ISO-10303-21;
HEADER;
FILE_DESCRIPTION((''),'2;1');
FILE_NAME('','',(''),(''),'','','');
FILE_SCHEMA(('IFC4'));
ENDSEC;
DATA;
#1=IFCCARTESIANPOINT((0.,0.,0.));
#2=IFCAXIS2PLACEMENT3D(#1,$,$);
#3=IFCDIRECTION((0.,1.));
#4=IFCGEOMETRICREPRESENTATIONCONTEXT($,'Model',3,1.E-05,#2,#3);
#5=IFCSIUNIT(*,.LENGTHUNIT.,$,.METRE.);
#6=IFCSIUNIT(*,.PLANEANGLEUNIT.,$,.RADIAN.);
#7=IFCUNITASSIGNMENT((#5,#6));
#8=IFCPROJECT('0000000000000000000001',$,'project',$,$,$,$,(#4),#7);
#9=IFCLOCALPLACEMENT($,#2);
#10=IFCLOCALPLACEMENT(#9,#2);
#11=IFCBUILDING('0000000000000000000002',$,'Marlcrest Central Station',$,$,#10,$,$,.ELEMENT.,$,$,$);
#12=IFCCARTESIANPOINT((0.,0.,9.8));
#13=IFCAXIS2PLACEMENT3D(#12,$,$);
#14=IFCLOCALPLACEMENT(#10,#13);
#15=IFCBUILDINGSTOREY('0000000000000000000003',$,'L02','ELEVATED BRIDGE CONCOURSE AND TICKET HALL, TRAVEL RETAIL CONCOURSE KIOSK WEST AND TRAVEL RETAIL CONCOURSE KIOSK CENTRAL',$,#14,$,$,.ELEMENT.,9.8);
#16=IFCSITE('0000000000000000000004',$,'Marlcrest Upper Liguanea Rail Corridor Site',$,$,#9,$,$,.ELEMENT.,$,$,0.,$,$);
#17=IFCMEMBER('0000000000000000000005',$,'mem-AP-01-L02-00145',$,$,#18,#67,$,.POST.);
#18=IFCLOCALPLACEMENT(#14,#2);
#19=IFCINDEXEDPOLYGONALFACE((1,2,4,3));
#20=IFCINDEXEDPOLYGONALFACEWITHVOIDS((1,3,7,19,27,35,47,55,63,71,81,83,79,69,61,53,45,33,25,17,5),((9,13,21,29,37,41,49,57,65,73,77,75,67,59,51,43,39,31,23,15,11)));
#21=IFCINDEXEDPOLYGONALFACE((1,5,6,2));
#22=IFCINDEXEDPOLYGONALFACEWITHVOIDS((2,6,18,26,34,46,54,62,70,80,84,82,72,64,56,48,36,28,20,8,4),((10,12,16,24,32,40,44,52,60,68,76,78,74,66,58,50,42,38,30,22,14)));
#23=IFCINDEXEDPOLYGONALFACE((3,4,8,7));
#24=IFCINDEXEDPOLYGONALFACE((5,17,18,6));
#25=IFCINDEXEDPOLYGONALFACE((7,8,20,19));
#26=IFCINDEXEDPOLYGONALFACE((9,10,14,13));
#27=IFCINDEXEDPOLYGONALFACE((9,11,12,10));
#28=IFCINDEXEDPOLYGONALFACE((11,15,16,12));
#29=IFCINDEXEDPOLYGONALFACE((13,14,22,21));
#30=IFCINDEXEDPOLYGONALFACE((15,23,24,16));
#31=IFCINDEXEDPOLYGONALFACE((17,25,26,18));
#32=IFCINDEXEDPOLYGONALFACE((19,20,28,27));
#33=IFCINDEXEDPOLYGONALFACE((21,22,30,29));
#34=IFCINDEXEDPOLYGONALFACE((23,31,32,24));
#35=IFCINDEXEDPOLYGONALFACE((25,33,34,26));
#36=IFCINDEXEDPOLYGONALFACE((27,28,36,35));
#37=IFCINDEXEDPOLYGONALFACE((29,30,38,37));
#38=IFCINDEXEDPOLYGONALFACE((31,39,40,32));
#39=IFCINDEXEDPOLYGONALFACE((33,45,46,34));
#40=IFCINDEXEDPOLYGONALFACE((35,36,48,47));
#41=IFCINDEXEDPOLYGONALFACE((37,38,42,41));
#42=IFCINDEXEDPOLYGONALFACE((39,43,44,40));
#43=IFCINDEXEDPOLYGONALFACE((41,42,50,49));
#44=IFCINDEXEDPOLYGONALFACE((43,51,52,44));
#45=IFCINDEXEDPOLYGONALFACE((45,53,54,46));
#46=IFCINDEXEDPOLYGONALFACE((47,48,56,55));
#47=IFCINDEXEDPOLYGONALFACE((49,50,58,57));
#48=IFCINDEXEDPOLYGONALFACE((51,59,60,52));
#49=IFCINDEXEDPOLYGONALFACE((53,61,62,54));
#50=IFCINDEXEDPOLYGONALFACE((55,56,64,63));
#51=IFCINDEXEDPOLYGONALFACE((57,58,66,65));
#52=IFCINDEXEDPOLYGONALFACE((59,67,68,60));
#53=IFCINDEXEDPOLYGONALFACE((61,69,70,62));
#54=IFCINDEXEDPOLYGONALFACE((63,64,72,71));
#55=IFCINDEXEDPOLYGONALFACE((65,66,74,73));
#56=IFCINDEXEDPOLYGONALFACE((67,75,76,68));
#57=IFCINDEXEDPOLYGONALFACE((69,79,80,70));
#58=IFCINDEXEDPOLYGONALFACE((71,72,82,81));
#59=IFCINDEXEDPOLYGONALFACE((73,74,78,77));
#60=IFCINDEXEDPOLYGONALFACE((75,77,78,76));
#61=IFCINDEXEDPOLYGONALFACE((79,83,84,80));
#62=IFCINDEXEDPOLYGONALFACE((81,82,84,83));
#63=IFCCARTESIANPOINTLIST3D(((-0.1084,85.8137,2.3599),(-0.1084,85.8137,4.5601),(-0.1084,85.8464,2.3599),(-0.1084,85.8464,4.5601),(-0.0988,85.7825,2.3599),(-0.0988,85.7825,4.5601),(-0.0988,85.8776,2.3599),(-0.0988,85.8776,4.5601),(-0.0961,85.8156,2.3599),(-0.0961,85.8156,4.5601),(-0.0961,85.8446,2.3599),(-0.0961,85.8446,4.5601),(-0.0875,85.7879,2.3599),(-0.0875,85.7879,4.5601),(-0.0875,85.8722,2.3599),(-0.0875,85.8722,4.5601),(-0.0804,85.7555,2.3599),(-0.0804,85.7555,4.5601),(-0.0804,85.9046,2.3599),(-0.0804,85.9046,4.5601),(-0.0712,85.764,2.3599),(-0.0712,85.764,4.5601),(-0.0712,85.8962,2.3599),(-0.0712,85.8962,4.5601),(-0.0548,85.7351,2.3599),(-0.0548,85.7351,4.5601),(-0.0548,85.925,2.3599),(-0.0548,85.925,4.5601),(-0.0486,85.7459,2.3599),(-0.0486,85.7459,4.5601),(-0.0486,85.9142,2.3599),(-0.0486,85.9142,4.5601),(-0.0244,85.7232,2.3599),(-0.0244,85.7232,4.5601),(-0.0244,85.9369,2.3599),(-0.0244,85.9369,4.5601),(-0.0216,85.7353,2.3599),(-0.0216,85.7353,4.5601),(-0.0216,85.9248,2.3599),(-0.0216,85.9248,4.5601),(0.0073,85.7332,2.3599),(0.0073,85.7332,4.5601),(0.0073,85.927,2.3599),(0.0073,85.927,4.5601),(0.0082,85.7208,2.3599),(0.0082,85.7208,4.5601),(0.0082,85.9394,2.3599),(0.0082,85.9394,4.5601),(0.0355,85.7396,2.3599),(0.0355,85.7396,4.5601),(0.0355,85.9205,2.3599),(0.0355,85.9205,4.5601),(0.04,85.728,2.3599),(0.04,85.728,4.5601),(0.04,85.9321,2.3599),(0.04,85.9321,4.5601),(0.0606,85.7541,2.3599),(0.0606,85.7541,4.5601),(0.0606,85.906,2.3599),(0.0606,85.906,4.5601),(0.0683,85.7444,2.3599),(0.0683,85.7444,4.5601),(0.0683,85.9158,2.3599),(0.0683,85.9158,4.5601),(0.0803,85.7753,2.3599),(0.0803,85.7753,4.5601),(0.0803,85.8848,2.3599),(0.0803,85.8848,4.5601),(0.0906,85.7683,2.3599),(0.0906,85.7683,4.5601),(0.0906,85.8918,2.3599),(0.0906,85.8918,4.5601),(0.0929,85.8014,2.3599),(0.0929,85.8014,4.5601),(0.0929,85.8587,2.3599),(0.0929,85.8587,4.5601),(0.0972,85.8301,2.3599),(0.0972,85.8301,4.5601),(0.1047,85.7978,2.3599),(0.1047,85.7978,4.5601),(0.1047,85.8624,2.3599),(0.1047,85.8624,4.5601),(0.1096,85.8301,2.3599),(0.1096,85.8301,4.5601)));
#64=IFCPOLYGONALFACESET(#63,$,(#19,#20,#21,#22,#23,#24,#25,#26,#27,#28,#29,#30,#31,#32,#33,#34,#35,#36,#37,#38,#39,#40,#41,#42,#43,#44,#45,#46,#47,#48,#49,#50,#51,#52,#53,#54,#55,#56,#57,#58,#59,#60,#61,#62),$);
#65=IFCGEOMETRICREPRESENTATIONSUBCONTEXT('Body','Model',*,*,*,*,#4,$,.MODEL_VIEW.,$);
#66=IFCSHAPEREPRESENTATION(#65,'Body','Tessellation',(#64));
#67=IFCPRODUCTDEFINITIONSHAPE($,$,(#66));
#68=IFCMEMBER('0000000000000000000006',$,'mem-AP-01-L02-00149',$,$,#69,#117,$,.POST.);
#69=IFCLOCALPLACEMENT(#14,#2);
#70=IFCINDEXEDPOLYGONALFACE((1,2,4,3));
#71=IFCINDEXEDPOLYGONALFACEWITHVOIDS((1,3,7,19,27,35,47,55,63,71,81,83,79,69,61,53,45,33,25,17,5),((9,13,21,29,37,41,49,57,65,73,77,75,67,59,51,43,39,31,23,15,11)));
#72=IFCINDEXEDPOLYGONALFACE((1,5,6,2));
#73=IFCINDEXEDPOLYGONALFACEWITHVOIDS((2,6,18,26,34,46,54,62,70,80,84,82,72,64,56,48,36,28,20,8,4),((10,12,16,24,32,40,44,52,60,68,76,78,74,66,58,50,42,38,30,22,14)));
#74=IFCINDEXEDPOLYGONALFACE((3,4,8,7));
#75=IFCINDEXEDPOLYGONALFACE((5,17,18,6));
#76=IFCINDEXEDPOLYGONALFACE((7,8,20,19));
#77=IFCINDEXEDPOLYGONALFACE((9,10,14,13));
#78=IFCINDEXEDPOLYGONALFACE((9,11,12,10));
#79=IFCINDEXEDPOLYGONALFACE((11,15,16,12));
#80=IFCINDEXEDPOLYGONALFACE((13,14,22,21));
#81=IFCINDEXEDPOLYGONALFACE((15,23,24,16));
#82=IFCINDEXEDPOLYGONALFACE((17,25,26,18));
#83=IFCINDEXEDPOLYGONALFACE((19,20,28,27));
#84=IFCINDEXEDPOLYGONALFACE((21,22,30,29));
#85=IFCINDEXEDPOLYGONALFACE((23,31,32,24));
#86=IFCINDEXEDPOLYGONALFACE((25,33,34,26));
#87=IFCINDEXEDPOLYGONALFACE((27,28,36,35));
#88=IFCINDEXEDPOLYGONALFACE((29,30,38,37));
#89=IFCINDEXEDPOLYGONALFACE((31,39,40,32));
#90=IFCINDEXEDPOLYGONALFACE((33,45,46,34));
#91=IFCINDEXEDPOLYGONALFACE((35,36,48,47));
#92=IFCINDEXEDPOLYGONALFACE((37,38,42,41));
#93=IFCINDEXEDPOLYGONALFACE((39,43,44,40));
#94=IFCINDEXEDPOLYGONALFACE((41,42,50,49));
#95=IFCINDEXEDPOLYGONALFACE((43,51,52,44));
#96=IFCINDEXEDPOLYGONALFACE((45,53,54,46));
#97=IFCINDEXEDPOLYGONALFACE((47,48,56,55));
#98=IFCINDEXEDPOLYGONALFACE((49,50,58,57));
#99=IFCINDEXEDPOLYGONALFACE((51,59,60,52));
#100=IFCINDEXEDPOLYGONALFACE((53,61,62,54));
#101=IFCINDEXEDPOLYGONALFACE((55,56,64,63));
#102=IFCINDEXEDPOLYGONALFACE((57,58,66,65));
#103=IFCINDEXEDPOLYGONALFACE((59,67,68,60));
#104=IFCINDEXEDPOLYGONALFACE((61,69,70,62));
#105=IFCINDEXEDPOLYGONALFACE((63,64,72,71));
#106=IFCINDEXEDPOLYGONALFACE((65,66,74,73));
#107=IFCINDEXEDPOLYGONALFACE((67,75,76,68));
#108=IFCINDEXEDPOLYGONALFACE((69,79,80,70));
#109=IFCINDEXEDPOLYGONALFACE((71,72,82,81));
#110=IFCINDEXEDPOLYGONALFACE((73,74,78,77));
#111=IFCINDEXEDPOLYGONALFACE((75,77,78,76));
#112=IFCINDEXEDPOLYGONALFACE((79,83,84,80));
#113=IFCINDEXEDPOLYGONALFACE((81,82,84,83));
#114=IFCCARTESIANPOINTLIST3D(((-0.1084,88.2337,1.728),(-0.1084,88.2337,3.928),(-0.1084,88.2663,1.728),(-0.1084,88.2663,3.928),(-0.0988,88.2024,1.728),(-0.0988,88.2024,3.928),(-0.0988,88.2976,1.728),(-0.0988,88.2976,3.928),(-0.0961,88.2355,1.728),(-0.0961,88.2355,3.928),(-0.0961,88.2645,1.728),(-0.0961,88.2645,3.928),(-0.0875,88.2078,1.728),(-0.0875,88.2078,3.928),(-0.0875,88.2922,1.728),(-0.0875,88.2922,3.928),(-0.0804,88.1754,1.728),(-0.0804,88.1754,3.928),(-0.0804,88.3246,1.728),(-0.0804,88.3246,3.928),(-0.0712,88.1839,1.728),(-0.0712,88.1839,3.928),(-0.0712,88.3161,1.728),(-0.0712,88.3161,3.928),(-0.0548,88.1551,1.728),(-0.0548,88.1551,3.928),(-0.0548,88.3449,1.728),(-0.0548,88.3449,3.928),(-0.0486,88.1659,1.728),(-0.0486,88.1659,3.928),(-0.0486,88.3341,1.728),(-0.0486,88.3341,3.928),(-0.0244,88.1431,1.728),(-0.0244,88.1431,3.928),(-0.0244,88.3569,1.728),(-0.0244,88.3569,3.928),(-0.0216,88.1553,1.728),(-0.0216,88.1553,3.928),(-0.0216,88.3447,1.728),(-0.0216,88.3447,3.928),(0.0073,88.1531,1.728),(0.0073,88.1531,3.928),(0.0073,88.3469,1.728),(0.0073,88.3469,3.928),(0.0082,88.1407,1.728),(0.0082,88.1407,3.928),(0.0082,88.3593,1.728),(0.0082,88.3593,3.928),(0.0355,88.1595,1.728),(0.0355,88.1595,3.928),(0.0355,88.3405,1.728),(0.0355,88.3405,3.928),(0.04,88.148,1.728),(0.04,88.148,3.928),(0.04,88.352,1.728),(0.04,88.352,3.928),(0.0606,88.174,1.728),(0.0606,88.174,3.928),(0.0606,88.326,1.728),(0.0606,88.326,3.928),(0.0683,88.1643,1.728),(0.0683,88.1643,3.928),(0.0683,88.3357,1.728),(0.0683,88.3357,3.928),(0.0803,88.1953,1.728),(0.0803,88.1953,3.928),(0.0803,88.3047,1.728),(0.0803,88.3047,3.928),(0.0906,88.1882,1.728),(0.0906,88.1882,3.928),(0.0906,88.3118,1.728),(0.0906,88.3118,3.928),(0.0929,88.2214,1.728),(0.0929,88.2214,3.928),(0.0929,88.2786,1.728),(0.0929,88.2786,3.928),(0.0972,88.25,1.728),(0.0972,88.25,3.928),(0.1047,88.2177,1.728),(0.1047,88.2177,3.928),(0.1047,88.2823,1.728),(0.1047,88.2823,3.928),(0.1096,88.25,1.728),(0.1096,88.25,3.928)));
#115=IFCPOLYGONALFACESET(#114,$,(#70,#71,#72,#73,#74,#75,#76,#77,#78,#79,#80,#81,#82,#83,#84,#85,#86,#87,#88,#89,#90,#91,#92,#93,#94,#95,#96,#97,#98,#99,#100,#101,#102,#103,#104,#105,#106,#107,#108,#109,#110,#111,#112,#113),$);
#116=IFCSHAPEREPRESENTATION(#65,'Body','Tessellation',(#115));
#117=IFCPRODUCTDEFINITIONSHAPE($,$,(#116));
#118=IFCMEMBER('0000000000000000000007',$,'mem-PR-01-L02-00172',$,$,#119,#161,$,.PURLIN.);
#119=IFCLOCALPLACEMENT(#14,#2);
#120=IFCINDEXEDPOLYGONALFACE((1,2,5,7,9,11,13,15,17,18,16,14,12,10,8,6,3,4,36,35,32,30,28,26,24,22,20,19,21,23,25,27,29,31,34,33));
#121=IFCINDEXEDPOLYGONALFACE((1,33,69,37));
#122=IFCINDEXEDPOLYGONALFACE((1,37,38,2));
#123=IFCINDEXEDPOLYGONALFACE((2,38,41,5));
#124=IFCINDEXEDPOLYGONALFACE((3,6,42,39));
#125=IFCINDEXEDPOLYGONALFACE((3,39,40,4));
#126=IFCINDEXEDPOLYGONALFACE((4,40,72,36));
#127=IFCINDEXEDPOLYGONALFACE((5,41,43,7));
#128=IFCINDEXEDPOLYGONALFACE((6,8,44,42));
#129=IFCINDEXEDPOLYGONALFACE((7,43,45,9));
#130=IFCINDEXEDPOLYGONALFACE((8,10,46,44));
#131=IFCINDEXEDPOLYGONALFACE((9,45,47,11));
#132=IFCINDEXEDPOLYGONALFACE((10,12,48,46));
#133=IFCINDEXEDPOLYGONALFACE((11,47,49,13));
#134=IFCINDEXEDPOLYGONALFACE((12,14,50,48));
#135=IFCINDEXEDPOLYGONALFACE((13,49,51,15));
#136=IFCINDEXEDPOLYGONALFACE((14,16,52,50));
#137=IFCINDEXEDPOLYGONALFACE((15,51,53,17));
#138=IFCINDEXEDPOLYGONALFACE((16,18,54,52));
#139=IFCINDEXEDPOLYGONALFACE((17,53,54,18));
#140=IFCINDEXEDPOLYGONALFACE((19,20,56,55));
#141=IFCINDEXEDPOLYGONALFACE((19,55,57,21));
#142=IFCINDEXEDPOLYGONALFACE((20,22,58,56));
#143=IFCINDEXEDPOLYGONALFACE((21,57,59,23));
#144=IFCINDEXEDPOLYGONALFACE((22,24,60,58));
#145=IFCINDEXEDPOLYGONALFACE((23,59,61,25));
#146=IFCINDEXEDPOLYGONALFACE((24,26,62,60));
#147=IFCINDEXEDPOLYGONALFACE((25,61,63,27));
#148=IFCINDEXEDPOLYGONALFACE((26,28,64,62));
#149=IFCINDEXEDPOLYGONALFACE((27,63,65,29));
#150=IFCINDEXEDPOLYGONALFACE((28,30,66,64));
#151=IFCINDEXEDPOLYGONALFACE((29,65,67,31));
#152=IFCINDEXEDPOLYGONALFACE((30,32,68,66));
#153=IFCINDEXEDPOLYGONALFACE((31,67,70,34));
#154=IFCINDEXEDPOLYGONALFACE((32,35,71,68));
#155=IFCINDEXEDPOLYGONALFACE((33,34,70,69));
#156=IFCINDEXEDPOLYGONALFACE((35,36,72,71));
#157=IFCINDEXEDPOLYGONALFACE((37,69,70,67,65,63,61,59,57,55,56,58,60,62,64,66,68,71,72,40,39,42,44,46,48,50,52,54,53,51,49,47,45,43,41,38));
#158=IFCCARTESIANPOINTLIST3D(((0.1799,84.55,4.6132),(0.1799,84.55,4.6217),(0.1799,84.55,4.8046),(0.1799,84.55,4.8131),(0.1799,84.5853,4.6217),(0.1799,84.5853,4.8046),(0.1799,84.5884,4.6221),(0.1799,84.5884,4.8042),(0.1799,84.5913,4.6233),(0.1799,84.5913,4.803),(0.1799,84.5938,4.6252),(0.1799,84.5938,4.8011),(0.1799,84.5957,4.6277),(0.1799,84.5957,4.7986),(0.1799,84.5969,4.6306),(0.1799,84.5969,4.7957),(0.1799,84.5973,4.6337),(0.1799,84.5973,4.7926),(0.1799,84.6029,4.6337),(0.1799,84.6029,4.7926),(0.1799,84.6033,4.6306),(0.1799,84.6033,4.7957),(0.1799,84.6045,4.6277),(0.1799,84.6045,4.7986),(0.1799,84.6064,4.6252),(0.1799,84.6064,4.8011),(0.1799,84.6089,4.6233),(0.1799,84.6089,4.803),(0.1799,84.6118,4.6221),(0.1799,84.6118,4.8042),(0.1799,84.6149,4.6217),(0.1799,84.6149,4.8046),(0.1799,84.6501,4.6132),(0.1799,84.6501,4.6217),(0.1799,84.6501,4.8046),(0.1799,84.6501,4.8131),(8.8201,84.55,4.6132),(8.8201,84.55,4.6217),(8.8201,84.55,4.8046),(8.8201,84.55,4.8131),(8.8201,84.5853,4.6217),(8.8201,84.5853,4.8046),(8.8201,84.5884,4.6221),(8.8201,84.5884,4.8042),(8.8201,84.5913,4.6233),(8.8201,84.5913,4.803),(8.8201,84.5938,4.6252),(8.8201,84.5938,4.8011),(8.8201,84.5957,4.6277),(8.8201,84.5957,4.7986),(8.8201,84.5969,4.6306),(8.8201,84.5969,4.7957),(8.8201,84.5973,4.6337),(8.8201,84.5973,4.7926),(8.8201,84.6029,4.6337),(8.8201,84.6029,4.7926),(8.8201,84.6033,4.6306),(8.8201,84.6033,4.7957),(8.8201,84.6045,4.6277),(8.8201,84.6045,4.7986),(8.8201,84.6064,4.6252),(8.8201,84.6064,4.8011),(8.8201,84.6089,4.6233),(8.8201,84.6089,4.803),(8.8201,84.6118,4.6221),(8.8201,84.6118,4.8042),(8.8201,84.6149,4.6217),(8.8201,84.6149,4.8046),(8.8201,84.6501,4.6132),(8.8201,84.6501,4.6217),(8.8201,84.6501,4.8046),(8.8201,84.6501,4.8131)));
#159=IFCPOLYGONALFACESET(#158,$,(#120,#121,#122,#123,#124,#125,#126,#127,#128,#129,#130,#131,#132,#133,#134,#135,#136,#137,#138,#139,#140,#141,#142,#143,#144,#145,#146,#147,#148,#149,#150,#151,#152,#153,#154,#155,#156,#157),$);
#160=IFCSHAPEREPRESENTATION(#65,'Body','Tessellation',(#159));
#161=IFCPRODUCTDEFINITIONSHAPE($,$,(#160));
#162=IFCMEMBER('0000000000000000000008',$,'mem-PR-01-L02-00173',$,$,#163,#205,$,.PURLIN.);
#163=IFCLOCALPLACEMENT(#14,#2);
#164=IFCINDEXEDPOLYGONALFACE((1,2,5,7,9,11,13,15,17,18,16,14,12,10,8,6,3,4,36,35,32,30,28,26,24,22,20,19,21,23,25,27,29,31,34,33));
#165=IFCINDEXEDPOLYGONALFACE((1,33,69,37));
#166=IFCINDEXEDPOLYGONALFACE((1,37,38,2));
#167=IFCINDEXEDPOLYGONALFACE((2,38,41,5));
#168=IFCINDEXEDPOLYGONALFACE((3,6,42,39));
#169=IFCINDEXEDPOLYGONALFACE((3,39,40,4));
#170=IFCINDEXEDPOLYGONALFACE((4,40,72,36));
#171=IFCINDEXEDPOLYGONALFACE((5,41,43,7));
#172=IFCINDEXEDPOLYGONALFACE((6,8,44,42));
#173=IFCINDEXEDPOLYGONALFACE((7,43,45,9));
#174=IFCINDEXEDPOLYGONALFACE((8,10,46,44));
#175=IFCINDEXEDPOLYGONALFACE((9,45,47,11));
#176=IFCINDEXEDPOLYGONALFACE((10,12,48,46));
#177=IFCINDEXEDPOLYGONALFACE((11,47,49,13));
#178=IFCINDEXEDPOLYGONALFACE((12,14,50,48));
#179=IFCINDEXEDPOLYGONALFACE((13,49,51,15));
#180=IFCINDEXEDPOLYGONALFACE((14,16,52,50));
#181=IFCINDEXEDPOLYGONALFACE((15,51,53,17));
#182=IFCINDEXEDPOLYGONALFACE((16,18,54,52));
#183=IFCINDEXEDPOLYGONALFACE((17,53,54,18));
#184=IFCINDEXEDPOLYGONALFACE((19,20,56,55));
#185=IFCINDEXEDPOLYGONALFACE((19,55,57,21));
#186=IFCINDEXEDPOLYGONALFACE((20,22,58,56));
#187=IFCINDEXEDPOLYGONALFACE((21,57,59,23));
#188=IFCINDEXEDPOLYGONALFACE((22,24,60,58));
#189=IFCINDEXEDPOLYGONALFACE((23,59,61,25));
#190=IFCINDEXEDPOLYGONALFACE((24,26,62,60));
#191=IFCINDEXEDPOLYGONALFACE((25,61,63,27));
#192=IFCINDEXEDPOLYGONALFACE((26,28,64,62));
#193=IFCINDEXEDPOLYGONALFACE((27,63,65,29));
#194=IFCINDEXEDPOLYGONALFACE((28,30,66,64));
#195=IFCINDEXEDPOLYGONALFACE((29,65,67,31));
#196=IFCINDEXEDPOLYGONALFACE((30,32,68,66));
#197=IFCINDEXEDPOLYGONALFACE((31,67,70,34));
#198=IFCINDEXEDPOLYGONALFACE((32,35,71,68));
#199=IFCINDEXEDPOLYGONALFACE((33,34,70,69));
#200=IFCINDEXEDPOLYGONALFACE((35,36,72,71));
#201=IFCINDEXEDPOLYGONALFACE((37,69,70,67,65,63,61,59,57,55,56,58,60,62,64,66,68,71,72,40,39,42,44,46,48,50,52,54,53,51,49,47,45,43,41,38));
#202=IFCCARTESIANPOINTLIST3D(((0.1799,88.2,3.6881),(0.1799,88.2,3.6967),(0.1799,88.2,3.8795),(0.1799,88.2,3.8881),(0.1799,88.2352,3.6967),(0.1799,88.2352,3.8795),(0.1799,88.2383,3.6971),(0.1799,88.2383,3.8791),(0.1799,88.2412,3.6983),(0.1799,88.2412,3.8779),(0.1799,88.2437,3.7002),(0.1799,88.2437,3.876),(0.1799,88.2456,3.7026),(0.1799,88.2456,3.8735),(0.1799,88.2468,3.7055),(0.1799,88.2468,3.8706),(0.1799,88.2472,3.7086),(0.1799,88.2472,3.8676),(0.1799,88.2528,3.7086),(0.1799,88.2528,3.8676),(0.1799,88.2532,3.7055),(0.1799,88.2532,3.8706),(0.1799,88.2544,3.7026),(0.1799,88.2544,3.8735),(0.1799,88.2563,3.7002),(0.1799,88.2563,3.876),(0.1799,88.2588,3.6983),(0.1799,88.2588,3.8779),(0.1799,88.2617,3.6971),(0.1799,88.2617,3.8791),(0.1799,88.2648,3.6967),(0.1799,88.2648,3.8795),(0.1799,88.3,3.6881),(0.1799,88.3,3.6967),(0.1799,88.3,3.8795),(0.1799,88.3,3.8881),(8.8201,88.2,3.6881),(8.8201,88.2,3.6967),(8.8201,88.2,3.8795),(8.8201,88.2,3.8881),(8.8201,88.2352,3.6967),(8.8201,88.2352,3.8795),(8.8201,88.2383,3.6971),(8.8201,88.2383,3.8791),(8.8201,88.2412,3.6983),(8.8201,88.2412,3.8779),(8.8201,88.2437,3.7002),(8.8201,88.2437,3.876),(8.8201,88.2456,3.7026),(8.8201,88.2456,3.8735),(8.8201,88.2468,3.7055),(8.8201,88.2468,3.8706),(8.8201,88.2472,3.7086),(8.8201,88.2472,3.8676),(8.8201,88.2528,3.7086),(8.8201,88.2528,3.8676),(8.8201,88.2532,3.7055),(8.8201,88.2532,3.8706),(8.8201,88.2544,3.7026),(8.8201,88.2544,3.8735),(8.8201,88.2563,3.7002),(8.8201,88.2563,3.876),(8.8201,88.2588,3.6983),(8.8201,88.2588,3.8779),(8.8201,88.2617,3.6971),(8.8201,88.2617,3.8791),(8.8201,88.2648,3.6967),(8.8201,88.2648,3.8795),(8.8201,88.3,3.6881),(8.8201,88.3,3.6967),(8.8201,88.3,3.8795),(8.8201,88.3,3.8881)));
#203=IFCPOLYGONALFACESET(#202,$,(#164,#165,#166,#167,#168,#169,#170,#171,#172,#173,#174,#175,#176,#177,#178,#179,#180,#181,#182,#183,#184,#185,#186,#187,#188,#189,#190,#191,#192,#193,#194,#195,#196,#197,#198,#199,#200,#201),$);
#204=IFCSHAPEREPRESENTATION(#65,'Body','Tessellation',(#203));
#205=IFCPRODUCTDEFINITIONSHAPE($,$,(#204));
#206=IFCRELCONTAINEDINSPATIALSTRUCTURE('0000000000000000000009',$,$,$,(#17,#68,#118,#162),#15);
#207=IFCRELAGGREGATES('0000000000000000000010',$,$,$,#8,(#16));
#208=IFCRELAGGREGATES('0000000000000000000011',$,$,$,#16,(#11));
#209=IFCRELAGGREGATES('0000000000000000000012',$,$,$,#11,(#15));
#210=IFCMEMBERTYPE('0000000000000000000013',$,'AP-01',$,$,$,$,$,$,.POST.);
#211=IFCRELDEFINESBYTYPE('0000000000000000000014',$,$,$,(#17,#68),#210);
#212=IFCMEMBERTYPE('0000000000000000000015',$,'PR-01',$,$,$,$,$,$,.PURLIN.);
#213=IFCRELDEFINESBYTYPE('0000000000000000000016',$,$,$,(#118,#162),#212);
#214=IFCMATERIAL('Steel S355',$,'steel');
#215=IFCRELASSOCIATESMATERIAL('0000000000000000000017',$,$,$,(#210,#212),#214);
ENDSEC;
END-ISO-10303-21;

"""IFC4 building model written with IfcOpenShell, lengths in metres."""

from ifc_helpers import new_model, si_unit, direction, frame, origin, origin_2d, place, context, subcontext, project, spatial, hollow_circle, i_section, extrude, material, material_profile, profile_set, type_object, element, save


model = new_model("IFC4")

# Units and contexts
model_context = context("Model", 3, precision=1e-05, world=origin(), true_north=direction((0.0, 1.0)))
body_context = subcontext(model_context, "Body", "Model", "MODEL_VIEW")
ifc_project = project(units=[si_unit("LENGTHUNIT", "METRE"), si_unit("PLANEANGLEUNIT", "RADIAN")], contexts=[model_context])

# Site, building, storey
site_placement = place(None, origin())
site = spatial("IfcSite", under=ifc_project, at=site_placement, Name="Marlcrest Upper Liguanea Rail Corridor Site", CompositionType="ELEMENT", RefElevation=0.0)
building_placement = place(site_placement, origin())
building = spatial("IfcBuilding", under=site, at=building_placement, Name="Marlcrest Central Station", CompositionType="ELEMENT")
storey_placement = place(building_placement, frame((0.0, 0.0, 9.8)))
storey = spatial("IfcBuildingStorey", under=building, at=storey_placement, Name="L02", Description="ELEVATED BRIDGE CONCOURSE AND TICKET HALL, TRAVEL RETAIL CONCOURSE KIOSK WEST AND TRAVEL RETAIL CONCOURSE KIOSK CENTRAL", CompositionType="ELEMENT", Elevation=9.8)

# Members
ifc_material_1 = material(Name="Steel S355", Category="steel")
ifc_material_profile_1 = material_profile(ifc_material_1, hollow_circle(Radius=0.1096, WallThickness=0.0125, at=origin_2d()), Name="CHS 219.1x12.5")
ifc_profile_set_1 = profile_set([ifc_material_profile_1], Name="Steel S355")
member_type_1 = type_object("IfcMemberType", Name="AP-01", PredefinedType="POST", material=ifc_profile_set_1)
member_1_placement = place(storey_placement, frame((0.0, 85.8301, 2.3599), z_axis=(0.0, 0.0, 1.0), x_axis=(1.0, 0.0, 0.0)))
element("IfcMember", 1, at=member_1_placement, inside=storey, type_object=member_type_1, Name="mem-AP-01-L02-00145", PredefinedType="POST", context=body_context, shape_type="SweptSolid", body=[
    extrude(hollow_circle(Radius=0.1096, WallThickness=0.0125, at=origin_2d()), origin(), (0.0, 0.0, 1.0), 2.2002),
])
member_2_placement = place(storey_placement, frame((0.0, 88.25, 1.728), z_axis=(0.0, 0.0, 1.0), x_axis=(1.0, 0.0, 0.0)))
element("IfcMember", 2, at=member_2_placement, inside=storey, type_object=member_type_1, Name="mem-AP-01-L02-00149", PredefinedType="POST", context=body_context, shape_type="SweptSolid", body=[
    extrude(hollow_circle(Radius=0.1096, WallThickness=0.0125, at=origin_2d()), origin(), (0.0, 0.0, 1.0), 2.2),
])
ifc_material_profile_2 = material_profile(ifc_material_1, i_section(OverallWidth=0.1001, OverallDepth=0.2, WebThickness=0.0056, FlangeThickness=0.0085, FilletRadius=0.012, at=origin_2d()), Name="IPE 200")
ifc_profile_set_2 = profile_set([ifc_material_profile_2], Name="Steel S355")
member_type_2 = type_object("IfcMemberType", Name="PR-01", PredefinedType="PURLIN", material=ifc_profile_set_2)
for number, where, z_axis, x_axis, name in (
    (3, (0.1799, 84.6001, 4.7131), (1.0, 0.0, 0.0), (0.0, 1.0, 0.0), "mem-PR-01-L02-00172"),
    (4, (0.1799, 88.25, 3.7881), (1.0, 0.0, 0.0), (0.0, 1.0, 0.0), "mem-PR-01-L02-00173"),
):
    element("IfcMember", number, at=place(storey_placement, frame(where, z_axis=z_axis, x_axis=x_axis)), inside=storey, type_object=member_type_2, Name=name, PredefinedType="PURLIN", context=body_context, shape_type="SweptSolid", body=[
        extrude(i_section(OverallWidth=0.1001, OverallDepth=0.2, WebThickness=0.0056, FlangeThickness=0.0085, FilletRadius=0.012, at=origin_2d()), origin(), (0.0, 0.0, 1.0), 8.6401),
    ])

save(model, "model.ifc")
